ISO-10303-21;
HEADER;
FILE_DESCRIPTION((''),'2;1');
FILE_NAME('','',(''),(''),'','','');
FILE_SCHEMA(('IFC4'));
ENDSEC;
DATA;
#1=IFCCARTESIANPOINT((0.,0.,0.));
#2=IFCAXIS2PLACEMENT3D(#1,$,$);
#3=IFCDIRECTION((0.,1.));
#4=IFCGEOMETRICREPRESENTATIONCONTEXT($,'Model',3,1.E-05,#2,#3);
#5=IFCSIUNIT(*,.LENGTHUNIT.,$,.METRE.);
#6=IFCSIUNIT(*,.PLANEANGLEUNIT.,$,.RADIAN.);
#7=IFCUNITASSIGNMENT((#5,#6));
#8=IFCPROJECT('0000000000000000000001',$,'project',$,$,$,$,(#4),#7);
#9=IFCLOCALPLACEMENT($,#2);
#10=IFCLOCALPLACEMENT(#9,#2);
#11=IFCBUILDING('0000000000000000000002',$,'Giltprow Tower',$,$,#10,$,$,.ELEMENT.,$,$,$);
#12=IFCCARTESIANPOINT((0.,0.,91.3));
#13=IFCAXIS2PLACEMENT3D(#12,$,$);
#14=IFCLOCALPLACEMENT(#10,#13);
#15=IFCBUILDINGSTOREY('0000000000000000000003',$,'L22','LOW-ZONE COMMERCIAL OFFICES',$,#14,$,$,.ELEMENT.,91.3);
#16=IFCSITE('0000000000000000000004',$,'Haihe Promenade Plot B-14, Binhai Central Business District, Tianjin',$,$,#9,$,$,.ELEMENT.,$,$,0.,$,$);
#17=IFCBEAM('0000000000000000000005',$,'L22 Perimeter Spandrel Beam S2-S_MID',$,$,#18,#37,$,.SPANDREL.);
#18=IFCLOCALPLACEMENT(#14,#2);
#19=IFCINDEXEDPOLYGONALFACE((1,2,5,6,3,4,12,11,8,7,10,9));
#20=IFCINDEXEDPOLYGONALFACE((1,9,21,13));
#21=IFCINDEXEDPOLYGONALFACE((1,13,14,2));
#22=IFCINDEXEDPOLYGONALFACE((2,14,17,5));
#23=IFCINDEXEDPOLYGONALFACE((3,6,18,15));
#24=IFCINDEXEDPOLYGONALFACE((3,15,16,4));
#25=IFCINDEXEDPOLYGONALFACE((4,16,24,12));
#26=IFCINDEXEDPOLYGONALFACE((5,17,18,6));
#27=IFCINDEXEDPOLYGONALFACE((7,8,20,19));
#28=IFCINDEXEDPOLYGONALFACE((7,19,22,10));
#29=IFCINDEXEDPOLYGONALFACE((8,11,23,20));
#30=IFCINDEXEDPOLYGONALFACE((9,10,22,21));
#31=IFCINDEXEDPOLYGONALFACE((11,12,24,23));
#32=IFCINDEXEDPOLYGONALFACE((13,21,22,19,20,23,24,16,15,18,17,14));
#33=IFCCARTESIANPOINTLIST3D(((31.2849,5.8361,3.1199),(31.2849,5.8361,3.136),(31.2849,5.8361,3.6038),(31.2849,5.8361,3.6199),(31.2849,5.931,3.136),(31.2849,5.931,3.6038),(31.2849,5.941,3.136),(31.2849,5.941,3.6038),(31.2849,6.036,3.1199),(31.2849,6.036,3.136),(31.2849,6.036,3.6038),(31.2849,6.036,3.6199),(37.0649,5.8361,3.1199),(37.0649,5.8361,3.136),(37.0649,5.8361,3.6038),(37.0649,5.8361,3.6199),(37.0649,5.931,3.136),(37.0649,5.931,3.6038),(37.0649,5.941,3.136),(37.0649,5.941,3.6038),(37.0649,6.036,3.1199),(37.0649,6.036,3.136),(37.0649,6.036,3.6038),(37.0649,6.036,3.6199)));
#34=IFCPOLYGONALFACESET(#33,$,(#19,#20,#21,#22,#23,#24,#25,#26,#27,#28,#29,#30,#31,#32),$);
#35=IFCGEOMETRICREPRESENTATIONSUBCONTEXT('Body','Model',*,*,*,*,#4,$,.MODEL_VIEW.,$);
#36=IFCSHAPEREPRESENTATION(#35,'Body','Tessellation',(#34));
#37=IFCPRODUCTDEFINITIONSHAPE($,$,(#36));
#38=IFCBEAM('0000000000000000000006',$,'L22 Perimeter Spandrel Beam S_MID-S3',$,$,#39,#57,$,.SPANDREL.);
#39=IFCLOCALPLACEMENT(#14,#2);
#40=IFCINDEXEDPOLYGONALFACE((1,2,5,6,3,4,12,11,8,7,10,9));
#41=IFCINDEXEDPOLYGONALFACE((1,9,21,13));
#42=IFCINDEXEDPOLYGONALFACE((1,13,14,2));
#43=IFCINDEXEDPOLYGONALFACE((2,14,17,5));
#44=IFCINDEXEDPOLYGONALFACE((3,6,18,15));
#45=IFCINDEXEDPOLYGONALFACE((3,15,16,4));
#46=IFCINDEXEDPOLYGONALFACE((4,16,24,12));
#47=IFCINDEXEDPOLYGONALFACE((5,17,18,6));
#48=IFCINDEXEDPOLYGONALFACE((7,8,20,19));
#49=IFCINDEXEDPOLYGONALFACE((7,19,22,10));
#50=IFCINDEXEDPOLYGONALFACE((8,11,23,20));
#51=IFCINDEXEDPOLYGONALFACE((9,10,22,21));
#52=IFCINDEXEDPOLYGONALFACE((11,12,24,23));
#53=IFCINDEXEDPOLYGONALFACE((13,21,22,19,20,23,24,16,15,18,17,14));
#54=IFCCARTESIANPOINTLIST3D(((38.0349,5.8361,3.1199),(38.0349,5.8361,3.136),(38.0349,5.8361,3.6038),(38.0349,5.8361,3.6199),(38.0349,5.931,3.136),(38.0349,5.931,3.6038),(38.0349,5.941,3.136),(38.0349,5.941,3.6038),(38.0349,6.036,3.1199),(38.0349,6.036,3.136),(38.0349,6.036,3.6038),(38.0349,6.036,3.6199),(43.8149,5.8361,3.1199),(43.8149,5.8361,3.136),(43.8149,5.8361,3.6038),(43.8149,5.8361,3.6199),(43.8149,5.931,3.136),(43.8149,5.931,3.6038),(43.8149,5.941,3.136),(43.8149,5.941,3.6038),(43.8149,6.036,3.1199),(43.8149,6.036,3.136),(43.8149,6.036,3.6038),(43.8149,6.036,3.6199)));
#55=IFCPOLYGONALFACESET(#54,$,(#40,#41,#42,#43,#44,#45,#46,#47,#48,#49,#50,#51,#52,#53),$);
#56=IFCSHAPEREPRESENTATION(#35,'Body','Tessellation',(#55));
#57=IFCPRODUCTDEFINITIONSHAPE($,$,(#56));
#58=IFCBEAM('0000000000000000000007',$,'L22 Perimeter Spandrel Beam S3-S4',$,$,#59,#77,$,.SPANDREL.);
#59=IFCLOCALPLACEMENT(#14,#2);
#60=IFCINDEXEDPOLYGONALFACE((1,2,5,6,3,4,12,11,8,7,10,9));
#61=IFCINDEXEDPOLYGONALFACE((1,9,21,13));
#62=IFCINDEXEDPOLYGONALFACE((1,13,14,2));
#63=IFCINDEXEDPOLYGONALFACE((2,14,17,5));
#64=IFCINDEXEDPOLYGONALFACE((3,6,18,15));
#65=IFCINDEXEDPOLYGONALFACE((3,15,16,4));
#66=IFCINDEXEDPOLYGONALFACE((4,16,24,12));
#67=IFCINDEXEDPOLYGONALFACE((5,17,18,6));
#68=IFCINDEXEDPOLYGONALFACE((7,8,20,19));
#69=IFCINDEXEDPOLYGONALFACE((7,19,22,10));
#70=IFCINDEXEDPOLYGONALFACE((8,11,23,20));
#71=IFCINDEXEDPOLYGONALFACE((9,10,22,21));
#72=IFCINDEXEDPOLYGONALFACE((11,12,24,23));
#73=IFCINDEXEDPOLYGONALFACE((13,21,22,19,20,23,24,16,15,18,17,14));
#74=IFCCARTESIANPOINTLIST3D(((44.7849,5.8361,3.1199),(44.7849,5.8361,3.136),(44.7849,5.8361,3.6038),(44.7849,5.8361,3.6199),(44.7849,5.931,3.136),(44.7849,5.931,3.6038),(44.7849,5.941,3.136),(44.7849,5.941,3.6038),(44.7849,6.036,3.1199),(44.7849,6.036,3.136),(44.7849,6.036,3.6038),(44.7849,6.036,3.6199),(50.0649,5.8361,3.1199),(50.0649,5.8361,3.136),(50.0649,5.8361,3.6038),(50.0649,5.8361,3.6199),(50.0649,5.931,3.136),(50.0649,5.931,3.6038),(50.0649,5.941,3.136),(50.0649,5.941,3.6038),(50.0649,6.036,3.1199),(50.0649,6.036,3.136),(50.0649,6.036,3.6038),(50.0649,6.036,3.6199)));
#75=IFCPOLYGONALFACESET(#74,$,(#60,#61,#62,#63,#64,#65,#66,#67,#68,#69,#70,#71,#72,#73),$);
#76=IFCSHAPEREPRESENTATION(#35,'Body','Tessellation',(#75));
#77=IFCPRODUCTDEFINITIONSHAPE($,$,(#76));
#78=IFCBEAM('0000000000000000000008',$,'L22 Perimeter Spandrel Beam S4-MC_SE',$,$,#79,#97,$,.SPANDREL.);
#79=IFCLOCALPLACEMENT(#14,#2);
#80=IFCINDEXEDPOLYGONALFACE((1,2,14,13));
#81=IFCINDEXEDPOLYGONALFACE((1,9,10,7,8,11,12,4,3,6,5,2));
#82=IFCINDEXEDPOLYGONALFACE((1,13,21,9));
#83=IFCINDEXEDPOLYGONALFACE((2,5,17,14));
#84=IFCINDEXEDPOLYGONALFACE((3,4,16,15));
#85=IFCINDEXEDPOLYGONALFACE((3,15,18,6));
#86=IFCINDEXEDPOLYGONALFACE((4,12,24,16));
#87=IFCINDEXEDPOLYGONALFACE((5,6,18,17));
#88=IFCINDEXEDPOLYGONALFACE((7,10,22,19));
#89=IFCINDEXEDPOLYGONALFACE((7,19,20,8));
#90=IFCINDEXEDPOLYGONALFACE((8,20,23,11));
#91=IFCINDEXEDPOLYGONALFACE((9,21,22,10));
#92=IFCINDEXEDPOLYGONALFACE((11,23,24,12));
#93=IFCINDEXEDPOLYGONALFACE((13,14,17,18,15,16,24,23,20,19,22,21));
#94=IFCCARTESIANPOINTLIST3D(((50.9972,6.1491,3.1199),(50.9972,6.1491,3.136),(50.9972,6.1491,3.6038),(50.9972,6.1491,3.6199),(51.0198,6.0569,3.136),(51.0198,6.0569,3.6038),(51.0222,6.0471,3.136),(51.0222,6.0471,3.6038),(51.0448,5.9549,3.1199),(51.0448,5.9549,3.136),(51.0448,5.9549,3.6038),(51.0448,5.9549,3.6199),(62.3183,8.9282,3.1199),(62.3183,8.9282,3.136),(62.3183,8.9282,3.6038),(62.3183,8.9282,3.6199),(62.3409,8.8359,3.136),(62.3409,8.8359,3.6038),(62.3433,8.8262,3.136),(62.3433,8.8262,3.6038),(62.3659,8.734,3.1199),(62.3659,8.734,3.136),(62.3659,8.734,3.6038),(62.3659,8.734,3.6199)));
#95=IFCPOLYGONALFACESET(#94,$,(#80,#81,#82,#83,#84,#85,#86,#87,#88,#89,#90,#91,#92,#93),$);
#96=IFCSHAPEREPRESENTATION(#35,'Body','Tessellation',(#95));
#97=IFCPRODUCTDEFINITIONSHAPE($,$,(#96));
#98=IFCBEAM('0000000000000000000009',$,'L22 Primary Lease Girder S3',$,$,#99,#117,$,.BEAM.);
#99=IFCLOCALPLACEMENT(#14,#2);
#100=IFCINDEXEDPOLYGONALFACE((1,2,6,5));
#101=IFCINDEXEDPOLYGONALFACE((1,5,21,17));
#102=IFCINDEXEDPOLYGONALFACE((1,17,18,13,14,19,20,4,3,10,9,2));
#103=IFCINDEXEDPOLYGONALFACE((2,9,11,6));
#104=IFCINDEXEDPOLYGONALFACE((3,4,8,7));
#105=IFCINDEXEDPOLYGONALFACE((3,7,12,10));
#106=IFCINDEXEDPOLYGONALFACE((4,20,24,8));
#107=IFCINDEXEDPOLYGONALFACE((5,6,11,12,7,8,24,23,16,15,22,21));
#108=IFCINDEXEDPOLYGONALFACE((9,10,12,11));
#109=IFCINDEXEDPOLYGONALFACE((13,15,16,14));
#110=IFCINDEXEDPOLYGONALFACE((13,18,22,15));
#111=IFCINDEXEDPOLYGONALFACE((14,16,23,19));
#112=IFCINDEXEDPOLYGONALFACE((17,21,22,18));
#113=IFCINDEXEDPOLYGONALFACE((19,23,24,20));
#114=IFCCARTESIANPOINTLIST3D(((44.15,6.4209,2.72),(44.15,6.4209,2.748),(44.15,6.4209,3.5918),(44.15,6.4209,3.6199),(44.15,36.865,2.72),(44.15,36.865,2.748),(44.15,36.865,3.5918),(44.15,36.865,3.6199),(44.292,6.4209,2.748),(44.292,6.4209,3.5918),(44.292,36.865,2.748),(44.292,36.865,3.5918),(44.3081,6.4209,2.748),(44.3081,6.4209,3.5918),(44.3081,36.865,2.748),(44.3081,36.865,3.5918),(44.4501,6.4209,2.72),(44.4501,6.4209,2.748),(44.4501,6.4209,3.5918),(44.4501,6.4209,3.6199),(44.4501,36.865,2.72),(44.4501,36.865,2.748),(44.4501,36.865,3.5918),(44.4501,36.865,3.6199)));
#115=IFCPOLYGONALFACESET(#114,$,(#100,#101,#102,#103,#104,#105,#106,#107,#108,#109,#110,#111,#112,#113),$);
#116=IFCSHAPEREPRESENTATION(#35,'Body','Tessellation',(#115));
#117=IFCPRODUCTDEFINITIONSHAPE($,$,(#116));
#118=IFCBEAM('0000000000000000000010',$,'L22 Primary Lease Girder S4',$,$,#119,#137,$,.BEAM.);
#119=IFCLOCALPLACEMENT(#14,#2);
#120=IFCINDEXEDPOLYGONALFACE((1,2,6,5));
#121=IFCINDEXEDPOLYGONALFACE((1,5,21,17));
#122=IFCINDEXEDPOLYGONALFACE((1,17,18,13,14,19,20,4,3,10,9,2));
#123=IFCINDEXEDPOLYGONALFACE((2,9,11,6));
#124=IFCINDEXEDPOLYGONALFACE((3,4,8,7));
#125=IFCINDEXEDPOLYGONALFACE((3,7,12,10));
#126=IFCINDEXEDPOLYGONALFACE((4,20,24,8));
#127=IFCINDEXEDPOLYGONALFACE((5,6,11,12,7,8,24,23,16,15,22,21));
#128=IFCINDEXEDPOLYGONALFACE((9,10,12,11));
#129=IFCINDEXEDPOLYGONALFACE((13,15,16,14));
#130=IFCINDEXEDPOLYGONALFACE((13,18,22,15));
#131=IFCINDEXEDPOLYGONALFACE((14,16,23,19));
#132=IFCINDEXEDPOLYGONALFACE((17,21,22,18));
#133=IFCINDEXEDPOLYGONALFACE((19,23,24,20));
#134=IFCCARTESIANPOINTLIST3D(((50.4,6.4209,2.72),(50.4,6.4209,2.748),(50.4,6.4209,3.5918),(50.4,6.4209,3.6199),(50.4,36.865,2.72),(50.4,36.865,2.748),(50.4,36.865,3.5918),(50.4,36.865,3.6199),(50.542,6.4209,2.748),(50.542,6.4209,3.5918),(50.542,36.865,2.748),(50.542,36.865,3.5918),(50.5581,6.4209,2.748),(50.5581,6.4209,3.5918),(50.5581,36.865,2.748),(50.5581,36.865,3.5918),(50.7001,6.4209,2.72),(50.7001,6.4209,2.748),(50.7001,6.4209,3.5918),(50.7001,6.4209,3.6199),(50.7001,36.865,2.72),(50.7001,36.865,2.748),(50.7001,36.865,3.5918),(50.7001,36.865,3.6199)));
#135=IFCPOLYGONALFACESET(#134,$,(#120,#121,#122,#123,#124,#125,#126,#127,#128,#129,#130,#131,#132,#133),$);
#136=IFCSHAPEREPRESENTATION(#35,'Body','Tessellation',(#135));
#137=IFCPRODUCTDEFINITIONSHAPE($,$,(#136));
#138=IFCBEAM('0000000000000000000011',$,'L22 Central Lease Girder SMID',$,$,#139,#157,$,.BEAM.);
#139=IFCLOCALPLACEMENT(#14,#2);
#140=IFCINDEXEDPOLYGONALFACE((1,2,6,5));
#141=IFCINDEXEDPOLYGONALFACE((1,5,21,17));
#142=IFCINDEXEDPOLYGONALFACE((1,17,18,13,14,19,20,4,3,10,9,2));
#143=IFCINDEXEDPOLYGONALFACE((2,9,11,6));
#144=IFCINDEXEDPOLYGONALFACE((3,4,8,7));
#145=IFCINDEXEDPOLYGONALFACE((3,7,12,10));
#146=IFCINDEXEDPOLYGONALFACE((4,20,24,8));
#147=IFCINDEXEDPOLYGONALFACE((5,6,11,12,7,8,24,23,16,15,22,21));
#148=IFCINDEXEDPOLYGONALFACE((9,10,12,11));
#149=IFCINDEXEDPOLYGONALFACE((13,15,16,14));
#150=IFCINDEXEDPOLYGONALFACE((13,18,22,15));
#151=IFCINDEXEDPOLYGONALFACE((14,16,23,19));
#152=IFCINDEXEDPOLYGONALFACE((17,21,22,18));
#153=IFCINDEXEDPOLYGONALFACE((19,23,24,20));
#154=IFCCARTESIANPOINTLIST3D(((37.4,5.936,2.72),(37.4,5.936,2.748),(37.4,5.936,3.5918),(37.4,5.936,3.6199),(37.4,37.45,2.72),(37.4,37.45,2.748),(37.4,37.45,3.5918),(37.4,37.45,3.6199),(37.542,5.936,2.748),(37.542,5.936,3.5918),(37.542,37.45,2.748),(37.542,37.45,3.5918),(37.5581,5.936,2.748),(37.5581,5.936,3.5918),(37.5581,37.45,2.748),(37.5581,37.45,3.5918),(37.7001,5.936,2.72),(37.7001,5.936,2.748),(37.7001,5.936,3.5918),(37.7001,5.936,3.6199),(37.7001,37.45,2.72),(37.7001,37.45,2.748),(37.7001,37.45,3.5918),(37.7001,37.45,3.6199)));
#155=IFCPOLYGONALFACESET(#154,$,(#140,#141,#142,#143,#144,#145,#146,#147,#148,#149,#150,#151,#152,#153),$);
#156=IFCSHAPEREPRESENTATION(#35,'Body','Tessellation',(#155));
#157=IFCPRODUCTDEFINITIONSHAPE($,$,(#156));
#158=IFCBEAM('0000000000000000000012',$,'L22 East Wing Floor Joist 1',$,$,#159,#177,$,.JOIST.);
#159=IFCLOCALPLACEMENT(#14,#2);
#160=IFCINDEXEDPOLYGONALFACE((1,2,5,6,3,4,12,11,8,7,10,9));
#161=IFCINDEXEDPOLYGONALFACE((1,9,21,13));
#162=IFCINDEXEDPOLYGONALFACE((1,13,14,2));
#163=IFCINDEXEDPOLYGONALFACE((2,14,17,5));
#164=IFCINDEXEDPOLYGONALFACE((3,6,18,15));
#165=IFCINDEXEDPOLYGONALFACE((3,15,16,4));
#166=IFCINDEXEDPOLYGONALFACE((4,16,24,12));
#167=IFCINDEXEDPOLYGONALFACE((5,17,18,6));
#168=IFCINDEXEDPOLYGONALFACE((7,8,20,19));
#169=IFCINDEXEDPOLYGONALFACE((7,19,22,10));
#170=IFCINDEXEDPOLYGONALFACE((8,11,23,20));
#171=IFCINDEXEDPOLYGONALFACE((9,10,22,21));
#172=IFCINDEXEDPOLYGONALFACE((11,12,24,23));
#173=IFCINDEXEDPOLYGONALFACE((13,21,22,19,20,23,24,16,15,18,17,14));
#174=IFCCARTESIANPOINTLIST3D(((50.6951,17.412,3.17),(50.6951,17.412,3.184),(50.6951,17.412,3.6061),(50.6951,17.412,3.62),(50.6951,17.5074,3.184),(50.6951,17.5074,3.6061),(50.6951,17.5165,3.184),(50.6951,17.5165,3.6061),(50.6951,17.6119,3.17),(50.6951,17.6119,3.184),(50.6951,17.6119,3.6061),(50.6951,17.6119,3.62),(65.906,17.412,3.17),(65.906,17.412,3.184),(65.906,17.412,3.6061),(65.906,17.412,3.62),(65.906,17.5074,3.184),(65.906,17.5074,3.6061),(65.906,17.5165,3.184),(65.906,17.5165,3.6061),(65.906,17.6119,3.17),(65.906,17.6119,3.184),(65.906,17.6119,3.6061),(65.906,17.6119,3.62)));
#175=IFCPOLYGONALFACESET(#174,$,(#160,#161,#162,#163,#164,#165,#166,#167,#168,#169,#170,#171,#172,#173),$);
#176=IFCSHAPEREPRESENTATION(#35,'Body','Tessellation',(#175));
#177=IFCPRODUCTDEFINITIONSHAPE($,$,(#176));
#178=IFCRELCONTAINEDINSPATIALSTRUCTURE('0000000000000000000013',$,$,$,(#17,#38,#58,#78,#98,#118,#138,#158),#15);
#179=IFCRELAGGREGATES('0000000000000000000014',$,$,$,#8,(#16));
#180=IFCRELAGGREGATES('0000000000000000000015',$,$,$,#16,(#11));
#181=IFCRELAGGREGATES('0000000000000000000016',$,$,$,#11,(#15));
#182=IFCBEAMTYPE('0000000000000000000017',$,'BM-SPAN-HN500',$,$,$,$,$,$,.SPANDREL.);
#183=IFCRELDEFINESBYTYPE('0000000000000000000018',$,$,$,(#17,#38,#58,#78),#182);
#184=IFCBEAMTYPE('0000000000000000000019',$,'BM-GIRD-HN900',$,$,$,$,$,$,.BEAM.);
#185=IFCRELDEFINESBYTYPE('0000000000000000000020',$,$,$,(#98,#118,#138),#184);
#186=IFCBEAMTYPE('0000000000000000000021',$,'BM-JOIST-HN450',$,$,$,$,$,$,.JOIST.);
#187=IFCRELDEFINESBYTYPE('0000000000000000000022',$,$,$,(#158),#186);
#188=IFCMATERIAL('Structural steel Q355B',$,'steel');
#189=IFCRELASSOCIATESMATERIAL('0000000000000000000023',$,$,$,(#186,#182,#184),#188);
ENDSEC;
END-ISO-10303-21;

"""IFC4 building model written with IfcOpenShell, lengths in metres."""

from ifc_helpers import new_model, si_unit, direction, frame, origin, origin_2d, place, context, subcontext, project, spatial, i_section, extrude, source, transform, mapped, material, material_profile, profile_set, type_object, element, save


model = new_model("IFC4")

# Units and contexts
model_context = context("Model", 3, precision=1e-05, world=origin(), true_north=direction((0.0, 1.0)))
body_context = subcontext(model_context, "Body", "Model", "MODEL_VIEW")
ifc_project = project(units=[si_unit("LENGTHUNIT", "METRE"), si_unit("PLANEANGLEUNIT", "RADIAN")], contexts=[model_context])

# Site, building, storey
site_placement = place(None, origin())
site = spatial("IfcSite", under=ifc_project, at=site_placement, Name="Haihe Promenade Plot B-14, Binhai Central Business District, Tianjin", CompositionType="ELEMENT", RefElevation=0.0)
building_placement = place(site_placement, origin())
building = spatial("IfcBuilding", under=site, at=building_placement, Name="Giltprow Tower", CompositionType="ELEMENT")
storey_placement = place(building_placement, frame((0.0, 0.0, 91.3)))
storey = spatial("IfcBuildingStorey", under=building, at=storey_placement, Name="L22", Description="LOW-ZONE COMMERCIAL OFFICES", CompositionType="ELEMENT", Elevation=91.3)

# Beams
ifc_material_1 = material(Name="Structural steel Q355B", Category="steel")
ifc_material_profile_1 = material_profile(ifc_material_1, i_section(OverallWidth=0.2, OverallDepth=0.45, WebThickness=0.009, FlangeThickness=0.0139, at=origin_2d()), Name="HN 450x200x9x14")
ifc_profile_set_1 = profile_set([ifc_material_profile_1], Name="Structural steel Q355B")
beam_type_1 = type_object("IfcBeamType", Name="BM-JOIST-HN450", PredefinedType="JOIST", material=ifc_profile_set_1)
ifc_material_profile_2 = material_profile(ifc_material_1, i_section(OverallWidth=0.2, OverallDepth=0.5, WebThickness=0.01, FlangeThickness=0.0161, at=origin_2d()), Name="HN 500x200x10x16")
ifc_profile_set_2 = profile_set([ifc_material_profile_2], Name="Structural steel Q355B")
beam_type_2 = type_object("IfcBeamType", Name="BM-SPAN-HN500", PredefinedType="SPANDREL", material=ifc_profile_set_2)
shared_shape_1 = source(origin(), body_context, "Body", "SweptSolid", [
    extrude(i_section(OverallWidth=0.2, OverallDepth=0.5, WebThickness=0.01, FlangeThickness=0.0161, at=origin_2d()), origin(), (0.0, 0.0, 1.0), 5.78),
])
for number, where, z_axis, x_axis, name in (
    (1, (31.2849, 5.936, 3.3699), (1.0, 0.0, 0.0), (0.0, 1.0, 0.0), "L22 Perimeter Spandrel Beam S2-S_MID"),
    (2, (38.0349, 5.936, 3.3699), (1.0, 0.0, 0.0), (0.0, 1.0, 0.0), "L22 Perimeter Spandrel Beam S_MID-S3"),
):
    element("IfcBeam", number, at=place(storey_placement, frame(where, z_axis=z_axis, x_axis=x_axis)), inside=storey, type_object=beam_type_2, Name=name, PredefinedType="SPANDREL", context=body_context, shape_type="MappedRepresentation", body=[
        mapped(shared_shape_1, transform((0.0, 0.0, 0.0), x_axis=(1.0, 0.0, 0.0), y_axis=(0.0, 1.0, 0.0), z_axis=(0.0, 0.0, 1.0), scale=1.0)),
    ])
shared_shape_2 = source(origin(), body_context, "Body", "SweptSolid", [
    extrude(i_section(OverallWidth=0.2, OverallDepth=0.5, WebThickness=0.01, FlangeThickness=0.0161, at=origin_2d()), origin(), (0.0, 0.0, 1.0), 5.28),
])
beam_1_placement = place(storey_placement, frame((44.7849, 5.936, 3.3699), z_axis=(1.0, 0.0, 0.0), x_axis=(0.0, 1.0, 0.0)))
element("IfcBeam", 3, at=beam_1_placement, inside=storey, type_object=beam_type_2, Name="L22 Perimeter Spandrel Beam S3-S4", PredefinedType="SPANDREL", context=body_context, shape_type="MappedRepresentation", body=[
    mapped(shared_shape_2, transform((0.0, 0.0, 0.0), x_axis=(1.0, 0.0, 0.0), y_axis=(0.0, 1.0, 0.0), z_axis=(0.0, 0.0, 1.0), scale=1.0)),
])
shared_shape_3 = source(origin(), body_context, "Body", "SweptSolid", [
    extrude(i_section(OverallWidth=0.2, OverallDepth=0.5, WebThickness=0.01, FlangeThickness=0.0161, at=origin_2d()), origin(), (0.0, 0.0, 1.0), 11.6572),
])
beam_2_placement = place(storey_placement, frame((51.021, 6.052, 3.3699), z_axis=(0.971167, 0.238399, 0.0), x_axis=(-0.238399, 0.971167, 0.0)))
element("IfcBeam", 4, at=beam_2_placement, inside=storey, type_object=beam_type_2, Name="L22 Perimeter Spandrel Beam S4-MC_SE", PredefinedType="SPANDREL", context=body_context, shape_type="MappedRepresentation", body=[
    mapped(shared_shape_3, transform((0.0, 0.0, 0.0), x_axis=(1.0, 0.0, 0.0), y_axis=(0.0, 1.0, 0.0), z_axis=(0.0, 0.0, 1.0), scale=1.0)),
])
ifc_material_profile_3 = material_profile(ifc_material_1, i_section(OverallWidth=0.3, OverallDepth=0.8999, WebThickness=0.0161, FlangeThickness=0.0281, at=origin_2d()), Name="HN 900x300x16x28")
ifc_profile_set_3 = profile_set([ifc_material_profile_3], Name="Structural steel Q355B")
beam_type_3 = type_object("IfcBeamType", Name="BM-GIRD-HN900", PredefinedType="BEAM", material=ifc_profile_set_3)
shared_shape_4 = source(origin(), body_context, "Body", "SweptSolid", [
    extrude(i_section(OverallWidth=0.3, OverallDepth=0.8999, WebThickness=0.0161, FlangeThickness=0.0281, at=origin_2d()), origin(), (0.0, 0.0, 1.0), 30.4441),
])
for number, where, z_axis, x_axis, name in (
    (5, (44.3, 6.4209, 3.1699), (0.0, 1.0, 0.0), (-1.0, 0.0, 0.0), "L22 Primary Lease Girder S3"),
    (6, (50.55, 6.4209, 3.1699), (0.0, 1.0, 0.0), (-1.0, 0.0, 0.0), "L22 Primary Lease Girder S4"),
):
    element("IfcBeam", number, at=place(storey_placement, frame(where, z_axis=z_axis, x_axis=x_axis)), inside=storey, type_object=beam_type_3, Name=name, PredefinedType="BEAM", context=body_context, shape_type="MappedRepresentation", body=[
        mapped(shared_shape_4, transform((0.0, 0.0, 0.0), x_axis=(1.0, 0.0, 0.0), y_axis=(0.0, 1.0, 0.0), z_axis=(0.0, 0.0, 1.0), scale=1.0)),
    ])
shared_shape_5 = source(origin(), body_context, "Body", "SweptSolid", [
    extrude(i_section(OverallWidth=0.3, OverallDepth=0.8999, WebThickness=0.0161, FlangeThickness=0.0281, at=origin_2d()), origin(), (0.0, 0.0, 1.0), 31.5139),
])
beam_3_placement = place(storey_placement, frame((37.55, 5.936, 3.1699), z_axis=(0.0, 1.0, 0.0), x_axis=(-1.0, 0.0, 0.0)))
element("IfcBeam", 7, at=beam_3_placement, inside=storey, type_object=beam_type_3, Name="L22 Central Lease Girder SMID", PredefinedType="BEAM", context=body_context, shape_type="MappedRepresentation", body=[
    mapped(shared_shape_5, transform((0.0, 0.0, 0.0), x_axis=(1.0, 0.0, 0.0), y_axis=(0.0, 1.0, 0.0), z_axis=(0.0, 0.0, 1.0), scale=1.0)),
])
shared_shape_6 = source(origin(), body_context, "Body", "SweptSolid", [
    extrude(i_section(OverallWidth=0.2, OverallDepth=0.45, WebThickness=0.009, FlangeThickness=0.0139, at=origin_2d()), origin(), (0.0, 0.0, 1.0), 15.2109),
])
beam_4_placement = place(storey_placement, frame((50.6951, 17.512, 3.395), z_axis=(1.0, 0.0, 0.0), x_axis=(0.0, 1.0, 0.0)))
element("IfcBeam", 8, at=beam_4_placement, inside=storey, type_object=beam_type_1, Name="L22 East Wing Floor Joist 1", PredefinedType="JOIST", context=body_context, shape_type="MappedRepresentation", body=[
    mapped(shared_shape_6, transform((0.0, 0.0, 0.0), x_axis=(1.0, 0.0, 0.0), y_axis=(0.0, 1.0, 0.0), z_axis=(0.0, 0.0, 1.0), scale=1.0)),
])

save(model, "model.ifc")
